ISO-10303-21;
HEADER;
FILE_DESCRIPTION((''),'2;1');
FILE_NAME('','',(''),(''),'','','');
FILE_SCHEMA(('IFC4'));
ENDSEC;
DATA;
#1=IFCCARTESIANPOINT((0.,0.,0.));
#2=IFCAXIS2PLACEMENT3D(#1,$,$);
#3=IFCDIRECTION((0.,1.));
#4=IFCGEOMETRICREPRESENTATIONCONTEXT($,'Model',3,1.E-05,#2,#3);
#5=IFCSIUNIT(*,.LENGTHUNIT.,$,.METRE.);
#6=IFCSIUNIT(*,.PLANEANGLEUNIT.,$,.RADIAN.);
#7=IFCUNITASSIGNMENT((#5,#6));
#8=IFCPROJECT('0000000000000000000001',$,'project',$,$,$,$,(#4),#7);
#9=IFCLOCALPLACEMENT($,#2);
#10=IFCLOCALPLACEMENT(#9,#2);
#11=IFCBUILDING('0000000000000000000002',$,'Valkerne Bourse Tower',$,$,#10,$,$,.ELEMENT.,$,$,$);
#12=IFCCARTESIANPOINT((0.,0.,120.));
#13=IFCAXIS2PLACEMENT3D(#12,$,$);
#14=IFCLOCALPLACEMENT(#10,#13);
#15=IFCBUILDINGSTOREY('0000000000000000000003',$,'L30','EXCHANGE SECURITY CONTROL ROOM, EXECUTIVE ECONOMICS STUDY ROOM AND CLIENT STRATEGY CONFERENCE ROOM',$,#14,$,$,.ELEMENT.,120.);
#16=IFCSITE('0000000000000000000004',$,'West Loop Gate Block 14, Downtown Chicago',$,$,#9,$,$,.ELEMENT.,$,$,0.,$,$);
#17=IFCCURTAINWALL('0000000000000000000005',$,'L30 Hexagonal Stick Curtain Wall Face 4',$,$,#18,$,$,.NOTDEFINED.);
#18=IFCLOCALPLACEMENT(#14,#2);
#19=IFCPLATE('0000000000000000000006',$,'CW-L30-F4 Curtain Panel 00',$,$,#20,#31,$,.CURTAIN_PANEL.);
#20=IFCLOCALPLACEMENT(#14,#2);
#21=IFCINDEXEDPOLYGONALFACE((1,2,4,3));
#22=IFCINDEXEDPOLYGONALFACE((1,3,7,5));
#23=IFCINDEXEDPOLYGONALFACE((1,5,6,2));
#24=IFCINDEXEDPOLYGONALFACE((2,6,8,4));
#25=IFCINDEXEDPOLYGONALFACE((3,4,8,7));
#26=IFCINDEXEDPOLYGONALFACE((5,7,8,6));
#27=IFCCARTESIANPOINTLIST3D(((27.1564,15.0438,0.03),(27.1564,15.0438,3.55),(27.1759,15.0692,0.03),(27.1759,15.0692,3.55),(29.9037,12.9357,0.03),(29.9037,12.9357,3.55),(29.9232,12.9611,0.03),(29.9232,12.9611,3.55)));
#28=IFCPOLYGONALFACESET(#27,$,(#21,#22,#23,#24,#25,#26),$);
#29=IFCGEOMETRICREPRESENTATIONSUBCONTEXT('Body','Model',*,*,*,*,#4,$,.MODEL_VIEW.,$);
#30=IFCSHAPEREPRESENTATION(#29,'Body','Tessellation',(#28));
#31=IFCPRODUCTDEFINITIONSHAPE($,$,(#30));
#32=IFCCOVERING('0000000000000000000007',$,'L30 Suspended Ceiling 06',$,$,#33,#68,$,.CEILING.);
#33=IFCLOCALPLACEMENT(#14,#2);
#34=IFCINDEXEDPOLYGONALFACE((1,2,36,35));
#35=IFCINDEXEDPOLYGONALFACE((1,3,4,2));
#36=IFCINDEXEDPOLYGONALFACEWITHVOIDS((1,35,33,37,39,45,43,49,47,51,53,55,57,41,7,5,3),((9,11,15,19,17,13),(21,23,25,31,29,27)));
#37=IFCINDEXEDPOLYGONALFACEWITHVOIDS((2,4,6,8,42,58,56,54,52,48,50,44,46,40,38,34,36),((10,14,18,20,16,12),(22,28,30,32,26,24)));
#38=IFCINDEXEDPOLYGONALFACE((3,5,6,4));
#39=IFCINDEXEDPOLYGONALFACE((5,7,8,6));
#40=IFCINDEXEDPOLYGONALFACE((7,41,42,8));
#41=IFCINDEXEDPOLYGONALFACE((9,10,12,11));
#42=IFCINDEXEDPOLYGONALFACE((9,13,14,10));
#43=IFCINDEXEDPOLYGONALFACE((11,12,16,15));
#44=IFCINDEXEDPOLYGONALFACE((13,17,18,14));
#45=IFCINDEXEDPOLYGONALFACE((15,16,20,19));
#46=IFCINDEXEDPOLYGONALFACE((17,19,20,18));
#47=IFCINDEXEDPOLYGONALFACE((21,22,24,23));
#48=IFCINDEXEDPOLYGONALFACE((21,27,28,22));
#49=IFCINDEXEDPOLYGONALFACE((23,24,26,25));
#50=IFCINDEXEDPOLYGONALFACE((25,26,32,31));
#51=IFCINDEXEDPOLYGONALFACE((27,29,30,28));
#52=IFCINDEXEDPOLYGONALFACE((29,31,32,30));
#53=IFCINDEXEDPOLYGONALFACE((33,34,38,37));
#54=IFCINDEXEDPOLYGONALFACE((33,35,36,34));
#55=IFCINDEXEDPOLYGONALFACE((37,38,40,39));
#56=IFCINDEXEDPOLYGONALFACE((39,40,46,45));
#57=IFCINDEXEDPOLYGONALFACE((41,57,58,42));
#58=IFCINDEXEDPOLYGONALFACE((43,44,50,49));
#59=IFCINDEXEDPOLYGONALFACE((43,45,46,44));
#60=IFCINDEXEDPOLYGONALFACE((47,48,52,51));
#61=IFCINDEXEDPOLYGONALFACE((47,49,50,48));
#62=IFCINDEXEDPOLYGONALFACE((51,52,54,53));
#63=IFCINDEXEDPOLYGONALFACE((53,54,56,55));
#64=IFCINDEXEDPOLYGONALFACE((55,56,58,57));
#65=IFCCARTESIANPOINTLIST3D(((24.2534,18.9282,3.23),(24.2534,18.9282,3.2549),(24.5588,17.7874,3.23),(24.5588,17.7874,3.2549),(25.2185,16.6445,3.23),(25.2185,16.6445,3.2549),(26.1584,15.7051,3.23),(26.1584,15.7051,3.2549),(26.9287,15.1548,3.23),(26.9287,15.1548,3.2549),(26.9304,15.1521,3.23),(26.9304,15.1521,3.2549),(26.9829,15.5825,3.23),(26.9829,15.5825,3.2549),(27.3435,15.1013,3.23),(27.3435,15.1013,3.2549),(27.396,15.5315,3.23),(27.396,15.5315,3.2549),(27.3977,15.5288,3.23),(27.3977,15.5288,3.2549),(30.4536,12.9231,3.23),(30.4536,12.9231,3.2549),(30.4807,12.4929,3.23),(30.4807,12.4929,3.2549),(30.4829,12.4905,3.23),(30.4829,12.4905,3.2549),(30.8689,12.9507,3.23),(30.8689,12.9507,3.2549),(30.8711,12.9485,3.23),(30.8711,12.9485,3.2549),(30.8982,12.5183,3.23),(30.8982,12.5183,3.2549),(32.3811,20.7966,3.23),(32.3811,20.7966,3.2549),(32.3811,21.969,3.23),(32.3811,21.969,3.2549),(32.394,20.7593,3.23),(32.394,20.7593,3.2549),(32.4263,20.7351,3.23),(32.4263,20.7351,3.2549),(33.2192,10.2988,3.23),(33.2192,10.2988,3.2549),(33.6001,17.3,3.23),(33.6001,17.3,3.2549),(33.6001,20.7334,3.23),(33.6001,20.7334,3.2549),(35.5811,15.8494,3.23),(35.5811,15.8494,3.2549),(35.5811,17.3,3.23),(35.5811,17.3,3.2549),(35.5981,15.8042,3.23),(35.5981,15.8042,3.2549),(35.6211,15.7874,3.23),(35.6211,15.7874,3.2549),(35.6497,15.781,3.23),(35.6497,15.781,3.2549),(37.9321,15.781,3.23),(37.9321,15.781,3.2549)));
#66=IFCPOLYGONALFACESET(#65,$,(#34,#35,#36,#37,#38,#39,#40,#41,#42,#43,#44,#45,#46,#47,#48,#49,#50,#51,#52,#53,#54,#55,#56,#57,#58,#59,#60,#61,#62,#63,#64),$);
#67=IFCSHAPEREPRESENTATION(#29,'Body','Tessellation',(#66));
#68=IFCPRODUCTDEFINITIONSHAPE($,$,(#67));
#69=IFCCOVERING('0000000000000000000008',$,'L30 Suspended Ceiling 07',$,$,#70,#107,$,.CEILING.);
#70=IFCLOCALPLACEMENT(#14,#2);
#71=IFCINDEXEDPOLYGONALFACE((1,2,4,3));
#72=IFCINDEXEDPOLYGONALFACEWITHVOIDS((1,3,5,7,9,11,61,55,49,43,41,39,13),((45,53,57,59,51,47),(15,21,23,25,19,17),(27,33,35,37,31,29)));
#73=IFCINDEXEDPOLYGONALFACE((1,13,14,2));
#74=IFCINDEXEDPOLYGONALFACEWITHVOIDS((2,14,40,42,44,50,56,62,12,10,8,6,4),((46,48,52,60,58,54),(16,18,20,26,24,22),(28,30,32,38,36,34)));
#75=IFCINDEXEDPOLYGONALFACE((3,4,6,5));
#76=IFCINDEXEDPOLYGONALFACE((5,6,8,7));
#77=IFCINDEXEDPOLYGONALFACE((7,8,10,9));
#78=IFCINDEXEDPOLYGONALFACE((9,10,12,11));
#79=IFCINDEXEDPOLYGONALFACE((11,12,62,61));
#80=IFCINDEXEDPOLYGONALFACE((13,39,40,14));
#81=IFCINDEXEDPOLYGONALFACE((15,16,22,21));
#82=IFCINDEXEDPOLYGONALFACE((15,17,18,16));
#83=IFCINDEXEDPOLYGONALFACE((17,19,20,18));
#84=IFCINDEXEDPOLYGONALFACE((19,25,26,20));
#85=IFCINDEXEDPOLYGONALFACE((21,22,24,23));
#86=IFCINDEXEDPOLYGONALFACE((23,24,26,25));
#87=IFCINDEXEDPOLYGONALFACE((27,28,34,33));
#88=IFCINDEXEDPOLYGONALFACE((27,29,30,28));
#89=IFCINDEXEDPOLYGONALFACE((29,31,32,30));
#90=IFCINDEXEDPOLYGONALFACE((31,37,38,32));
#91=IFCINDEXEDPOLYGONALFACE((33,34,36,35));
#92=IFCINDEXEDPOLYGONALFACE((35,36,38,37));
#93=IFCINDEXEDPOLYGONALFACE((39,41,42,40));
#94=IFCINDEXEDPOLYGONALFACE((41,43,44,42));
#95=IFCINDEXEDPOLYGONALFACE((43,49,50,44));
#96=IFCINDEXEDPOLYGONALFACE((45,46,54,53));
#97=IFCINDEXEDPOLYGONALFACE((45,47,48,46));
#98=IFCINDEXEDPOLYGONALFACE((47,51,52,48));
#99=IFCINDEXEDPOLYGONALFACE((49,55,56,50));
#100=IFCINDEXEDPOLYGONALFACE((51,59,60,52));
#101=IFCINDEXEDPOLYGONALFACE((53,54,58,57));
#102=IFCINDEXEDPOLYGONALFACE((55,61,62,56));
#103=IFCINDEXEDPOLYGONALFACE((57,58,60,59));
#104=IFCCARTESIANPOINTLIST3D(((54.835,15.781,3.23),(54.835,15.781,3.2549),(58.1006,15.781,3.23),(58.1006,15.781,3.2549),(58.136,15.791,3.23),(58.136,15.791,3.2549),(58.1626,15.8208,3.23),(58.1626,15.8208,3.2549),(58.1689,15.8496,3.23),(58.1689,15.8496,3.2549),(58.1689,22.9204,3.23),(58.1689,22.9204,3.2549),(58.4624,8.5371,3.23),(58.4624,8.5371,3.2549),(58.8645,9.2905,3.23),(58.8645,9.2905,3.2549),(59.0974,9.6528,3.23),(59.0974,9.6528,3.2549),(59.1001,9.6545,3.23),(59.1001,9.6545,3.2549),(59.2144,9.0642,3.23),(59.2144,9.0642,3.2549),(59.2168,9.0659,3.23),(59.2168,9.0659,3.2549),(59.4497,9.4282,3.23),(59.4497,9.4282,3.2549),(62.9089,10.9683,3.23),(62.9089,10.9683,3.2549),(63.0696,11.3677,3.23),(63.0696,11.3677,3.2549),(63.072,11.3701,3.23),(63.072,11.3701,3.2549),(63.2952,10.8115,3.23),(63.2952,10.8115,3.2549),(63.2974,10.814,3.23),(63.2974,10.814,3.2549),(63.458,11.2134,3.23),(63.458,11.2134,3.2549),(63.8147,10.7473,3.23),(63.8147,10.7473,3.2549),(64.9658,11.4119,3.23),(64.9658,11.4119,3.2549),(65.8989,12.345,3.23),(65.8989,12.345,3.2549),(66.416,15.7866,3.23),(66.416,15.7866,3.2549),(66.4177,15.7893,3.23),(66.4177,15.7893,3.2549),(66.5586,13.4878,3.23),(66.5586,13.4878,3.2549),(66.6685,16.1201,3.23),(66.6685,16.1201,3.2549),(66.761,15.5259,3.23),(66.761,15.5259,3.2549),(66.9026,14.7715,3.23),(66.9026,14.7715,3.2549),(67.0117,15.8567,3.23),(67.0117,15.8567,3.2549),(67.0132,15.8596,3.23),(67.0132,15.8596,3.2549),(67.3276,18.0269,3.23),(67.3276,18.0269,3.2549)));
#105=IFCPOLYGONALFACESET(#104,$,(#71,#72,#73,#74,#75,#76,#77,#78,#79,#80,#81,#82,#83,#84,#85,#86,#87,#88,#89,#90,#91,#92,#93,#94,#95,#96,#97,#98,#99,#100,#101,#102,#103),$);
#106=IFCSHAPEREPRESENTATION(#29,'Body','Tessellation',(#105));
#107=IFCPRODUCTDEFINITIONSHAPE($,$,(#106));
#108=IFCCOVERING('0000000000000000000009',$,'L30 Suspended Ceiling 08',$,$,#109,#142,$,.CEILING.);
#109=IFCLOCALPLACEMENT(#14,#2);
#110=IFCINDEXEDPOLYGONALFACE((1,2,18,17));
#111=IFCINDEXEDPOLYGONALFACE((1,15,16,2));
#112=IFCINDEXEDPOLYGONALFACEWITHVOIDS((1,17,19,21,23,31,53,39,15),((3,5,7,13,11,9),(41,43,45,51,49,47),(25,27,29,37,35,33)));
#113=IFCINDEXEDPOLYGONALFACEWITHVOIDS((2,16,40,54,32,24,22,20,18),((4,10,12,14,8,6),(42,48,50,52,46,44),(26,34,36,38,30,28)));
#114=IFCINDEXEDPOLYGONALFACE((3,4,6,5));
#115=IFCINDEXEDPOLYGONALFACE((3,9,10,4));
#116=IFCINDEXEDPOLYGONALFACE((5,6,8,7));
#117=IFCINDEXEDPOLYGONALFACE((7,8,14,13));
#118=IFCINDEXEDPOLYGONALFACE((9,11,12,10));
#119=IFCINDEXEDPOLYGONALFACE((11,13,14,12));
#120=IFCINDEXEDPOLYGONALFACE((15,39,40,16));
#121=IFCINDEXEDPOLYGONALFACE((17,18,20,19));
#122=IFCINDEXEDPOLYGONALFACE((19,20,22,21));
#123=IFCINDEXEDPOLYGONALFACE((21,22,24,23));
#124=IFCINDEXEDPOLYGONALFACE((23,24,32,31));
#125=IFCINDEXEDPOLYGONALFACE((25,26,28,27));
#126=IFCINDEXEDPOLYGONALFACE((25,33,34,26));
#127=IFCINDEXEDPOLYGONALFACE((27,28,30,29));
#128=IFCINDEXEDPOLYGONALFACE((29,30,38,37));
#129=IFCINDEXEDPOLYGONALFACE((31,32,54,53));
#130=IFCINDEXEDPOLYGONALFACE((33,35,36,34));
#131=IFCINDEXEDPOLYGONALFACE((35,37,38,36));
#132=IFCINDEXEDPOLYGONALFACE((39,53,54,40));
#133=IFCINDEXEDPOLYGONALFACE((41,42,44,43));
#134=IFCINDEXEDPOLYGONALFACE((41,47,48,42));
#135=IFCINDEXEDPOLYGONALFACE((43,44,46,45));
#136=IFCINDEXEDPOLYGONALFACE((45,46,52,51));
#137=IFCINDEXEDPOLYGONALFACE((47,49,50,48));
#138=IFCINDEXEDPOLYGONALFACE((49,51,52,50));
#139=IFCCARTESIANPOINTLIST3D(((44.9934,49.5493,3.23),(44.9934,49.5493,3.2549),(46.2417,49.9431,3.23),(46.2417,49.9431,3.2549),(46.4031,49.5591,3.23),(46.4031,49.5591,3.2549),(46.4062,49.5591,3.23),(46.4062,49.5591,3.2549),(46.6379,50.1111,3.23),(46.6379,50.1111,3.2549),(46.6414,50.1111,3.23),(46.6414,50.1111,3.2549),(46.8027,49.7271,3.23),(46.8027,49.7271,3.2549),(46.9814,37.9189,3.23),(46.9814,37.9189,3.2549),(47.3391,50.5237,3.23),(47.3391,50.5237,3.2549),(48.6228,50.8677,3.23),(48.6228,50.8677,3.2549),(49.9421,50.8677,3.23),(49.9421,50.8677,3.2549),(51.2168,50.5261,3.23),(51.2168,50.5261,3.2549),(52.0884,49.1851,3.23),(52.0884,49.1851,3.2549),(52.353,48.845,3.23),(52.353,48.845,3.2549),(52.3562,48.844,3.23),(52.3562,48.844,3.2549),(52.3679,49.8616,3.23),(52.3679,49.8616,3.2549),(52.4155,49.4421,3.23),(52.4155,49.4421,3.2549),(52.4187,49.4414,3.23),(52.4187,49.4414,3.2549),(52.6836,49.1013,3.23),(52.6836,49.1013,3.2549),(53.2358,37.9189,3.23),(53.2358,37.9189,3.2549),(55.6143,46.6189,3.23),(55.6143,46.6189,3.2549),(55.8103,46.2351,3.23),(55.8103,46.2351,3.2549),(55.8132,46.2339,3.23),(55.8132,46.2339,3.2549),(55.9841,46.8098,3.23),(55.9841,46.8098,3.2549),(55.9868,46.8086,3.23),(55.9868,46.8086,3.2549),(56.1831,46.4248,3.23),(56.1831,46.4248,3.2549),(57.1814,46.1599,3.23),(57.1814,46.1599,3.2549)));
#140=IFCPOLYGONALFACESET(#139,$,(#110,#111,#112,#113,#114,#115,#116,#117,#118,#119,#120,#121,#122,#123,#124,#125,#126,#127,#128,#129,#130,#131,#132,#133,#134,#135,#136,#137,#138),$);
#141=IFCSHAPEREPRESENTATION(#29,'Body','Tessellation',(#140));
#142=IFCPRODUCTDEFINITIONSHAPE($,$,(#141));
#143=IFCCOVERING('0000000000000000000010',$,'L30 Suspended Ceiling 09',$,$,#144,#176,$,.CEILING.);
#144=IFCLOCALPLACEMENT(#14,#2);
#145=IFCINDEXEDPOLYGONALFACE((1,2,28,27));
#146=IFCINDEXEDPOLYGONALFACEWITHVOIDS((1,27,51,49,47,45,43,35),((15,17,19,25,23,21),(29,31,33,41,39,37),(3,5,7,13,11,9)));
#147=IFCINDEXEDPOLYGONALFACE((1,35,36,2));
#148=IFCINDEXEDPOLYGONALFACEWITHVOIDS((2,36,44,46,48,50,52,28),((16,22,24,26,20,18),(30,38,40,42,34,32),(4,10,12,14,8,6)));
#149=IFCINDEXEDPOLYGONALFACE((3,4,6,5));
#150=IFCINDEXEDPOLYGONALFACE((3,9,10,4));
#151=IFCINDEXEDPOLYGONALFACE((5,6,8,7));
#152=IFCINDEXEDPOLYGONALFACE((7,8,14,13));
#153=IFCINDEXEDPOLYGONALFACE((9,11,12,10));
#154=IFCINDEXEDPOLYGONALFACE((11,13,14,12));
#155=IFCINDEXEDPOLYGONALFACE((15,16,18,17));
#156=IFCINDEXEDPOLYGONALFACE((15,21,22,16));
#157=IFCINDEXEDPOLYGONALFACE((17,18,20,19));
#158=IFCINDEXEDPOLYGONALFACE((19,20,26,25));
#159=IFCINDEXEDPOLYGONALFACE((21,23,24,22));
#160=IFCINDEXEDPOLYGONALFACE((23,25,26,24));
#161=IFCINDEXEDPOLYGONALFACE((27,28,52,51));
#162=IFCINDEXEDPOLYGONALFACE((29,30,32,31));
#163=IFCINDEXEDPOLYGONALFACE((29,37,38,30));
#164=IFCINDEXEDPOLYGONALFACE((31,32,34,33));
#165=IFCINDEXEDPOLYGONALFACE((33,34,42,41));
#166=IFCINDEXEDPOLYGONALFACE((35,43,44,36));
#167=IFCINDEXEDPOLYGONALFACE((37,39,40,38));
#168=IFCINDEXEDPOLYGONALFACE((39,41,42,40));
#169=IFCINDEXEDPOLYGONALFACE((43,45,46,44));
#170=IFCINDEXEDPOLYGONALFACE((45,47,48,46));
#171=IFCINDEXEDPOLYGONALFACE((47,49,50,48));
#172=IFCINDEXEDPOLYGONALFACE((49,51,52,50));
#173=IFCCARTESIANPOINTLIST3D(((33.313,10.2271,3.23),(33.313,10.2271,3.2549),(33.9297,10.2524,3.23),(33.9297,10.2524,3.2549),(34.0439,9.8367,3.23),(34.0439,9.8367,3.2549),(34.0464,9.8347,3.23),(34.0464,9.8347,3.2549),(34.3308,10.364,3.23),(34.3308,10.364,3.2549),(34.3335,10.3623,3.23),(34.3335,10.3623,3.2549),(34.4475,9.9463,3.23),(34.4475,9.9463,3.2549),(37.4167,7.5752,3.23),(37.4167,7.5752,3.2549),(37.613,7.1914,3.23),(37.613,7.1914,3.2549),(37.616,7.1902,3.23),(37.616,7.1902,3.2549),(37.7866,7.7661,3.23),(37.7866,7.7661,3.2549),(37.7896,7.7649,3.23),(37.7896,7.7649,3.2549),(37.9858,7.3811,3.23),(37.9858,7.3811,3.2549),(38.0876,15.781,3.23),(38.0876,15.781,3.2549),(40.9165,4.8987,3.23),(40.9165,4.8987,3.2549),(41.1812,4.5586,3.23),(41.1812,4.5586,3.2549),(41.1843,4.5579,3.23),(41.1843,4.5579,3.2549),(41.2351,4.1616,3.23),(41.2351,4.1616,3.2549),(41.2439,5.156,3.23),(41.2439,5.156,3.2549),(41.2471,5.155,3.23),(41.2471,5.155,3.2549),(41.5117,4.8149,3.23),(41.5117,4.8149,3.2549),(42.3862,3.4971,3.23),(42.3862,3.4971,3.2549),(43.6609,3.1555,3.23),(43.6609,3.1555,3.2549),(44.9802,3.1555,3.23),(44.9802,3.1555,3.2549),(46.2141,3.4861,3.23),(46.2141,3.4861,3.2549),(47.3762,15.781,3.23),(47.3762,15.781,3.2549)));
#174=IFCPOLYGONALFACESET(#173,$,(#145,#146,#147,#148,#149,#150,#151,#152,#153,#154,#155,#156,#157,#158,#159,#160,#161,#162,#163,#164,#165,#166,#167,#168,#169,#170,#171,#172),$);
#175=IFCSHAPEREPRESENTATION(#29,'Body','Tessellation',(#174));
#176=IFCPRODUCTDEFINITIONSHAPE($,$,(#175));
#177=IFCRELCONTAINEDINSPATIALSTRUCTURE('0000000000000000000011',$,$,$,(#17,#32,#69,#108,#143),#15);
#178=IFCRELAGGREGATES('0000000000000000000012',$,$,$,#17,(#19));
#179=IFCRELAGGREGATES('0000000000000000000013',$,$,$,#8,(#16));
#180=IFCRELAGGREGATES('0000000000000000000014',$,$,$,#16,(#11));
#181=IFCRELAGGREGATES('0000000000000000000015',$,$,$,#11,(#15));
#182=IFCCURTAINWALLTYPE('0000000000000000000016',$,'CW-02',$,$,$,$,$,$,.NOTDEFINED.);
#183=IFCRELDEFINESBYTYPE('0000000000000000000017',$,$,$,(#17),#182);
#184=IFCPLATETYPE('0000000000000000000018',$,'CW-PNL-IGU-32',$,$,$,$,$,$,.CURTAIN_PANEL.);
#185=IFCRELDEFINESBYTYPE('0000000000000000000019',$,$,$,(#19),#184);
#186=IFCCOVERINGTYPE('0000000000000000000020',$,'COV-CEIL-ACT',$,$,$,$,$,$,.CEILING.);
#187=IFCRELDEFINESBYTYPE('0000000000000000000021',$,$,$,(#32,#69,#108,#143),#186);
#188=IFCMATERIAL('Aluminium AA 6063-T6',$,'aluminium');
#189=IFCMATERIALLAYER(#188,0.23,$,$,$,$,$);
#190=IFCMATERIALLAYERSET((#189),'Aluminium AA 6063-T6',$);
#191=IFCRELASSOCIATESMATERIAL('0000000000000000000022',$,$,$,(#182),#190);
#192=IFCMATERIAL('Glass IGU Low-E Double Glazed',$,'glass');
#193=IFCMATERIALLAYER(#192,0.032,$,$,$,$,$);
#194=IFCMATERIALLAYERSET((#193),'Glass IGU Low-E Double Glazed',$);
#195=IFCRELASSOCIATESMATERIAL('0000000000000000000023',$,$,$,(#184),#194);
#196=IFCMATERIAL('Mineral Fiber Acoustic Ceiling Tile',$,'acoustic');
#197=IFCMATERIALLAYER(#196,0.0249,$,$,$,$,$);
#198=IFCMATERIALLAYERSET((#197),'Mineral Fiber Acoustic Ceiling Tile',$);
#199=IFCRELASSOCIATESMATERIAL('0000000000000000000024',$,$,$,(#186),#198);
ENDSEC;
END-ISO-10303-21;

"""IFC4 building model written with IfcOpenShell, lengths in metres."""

from ifc_helpers import new_model, si_unit, direction, frame, origin, origin_2d, place, context, subcontext, project, spatial, polyline, rectangle, outline, extrude, material, layer, layer_set, type_object, element, aggregate, save


model = new_model("IFC4")

# Units and contexts
model_context = context("Model", 3, precision=1e-05, world=origin(), true_north=direction((0.0, 1.0)))
body_context = subcontext(model_context, "Body", "Model", "MODEL_VIEW")
ifc_project = project(units=[si_unit("LENGTHUNIT", "METRE"), si_unit("PLANEANGLEUNIT", "RADIAN")], contexts=[model_context])

# Site, building, storey
site_placement = place(None, origin())
site = spatial("IfcSite", under=ifc_project, at=site_placement, Name="West Loop Gate Block 14, Downtown Chicago", CompositionType="ELEMENT", RefElevation=0.0)
building_placement = place(site_placement, origin())
building = spatial("IfcBuilding", under=site, at=building_placement, Name="Valkerne Bourse Tower", CompositionType="ELEMENT")
storey_placement = place(building_placement, frame((0.0, 0.0, 120.0)))
storey = spatial("IfcBuildingStorey", under=building, at=storey_placement, Name="L30", Description="EXCHANGE SECURITY CONTROL ROOM, EXECUTIVE ECONOMICS STUDY ROOM AND CLIENT STRATEGY CONFERENCE ROOM", CompositionType="ELEMENT", Elevation=120.0)

# Curtain wall
ifc_material_1 = material(Name="Aluminium AA 6063-T6", Category="aluminium")
ifc_layer_1 = layer(ifc_material_1, 0.23)
ifc_layer_set_1 = layer_set([ifc_layer_1], Name="Aluminium AA 6063-T6")
curtain_wall_type = type_object("IfcCurtainWallType", Name="CW-02", PredefinedType="NOTDEFINED", material=ifc_layer_set_1)
curtain_wall_placement = place(storey_placement, origin())
curtain_wall = element("IfcCurtainWall", 1, at=curtain_wall_placement, inside=storey, type_object=curtain_wall_type, Name="L30 Hexagonal Stick Curtain Wall Face 4", PredefinedType="NOTDEFINED")

# Plate
ifc_material_2 = material(Name="Glass IGU Low-E Double Glazed", Category="glass")
ifc_layer_2 = layer(ifc_material_2, 0.032)
ifc_layer_set_2 = layer_set([ifc_layer_2], Name="Glass IGU Low-E Double Glazed")
plate_type = type_object("IfcPlateType", Name="CW-PNL-IGU-32", PredefinedType="CURTAIN_PANEL", material=ifc_layer_set_2)
plate_placement = place(storey_placement, frame((28.5398, 14.0024, 0.03), z_axis=(0.0, 0.0, 1.0), x_axis=(0.793348, -0.608769, 0.0)))
plate = element("IfcPlate", 2, at=plate_placement, type_object=plate_type, Name="CW-L30-F4 Curtain Panel 00", PredefinedType="CURTAIN_PANEL", context=body_context, shape_type="SweptSolid", body=[
    extrude(rectangle(XDim=3.4629, YDim=0.032, at=origin_2d()), origin(), (0.0, 0.0, 1.0), 3.52),
])
aggregate(curtain_wall, [plate])

# Coverings
ifc_material_3 = material(Name="Mineral Fiber Acoustic Ceiling Tile", Category="acoustic")
ifc_layer_3 = layer(ifc_material_3, 0.0249)
ifc_layer_set_3 = layer_set([ifc_layer_3], Name="Mineral Fiber Acoustic Ceiling Tile")
covering_type_1 = type_object("IfcCoveringType", Name="COV-CEIL-ACT", PredefinedType="CEILING", material=ifc_layer_set_3)
covering_1_placement = place(storey_placement, frame((0.0, 0.0, 3.23)))
element("IfcCovering", 3, at=covering_1_placement, inside=storey, type_object=covering_type_1, Name="L30 Suspended Ceiling 06", PredefinedType="CEILING", context=body_context, shape_type="SweptSolid", body=[
    extrude(outline(polyline([(24.5588, 17.7874), (24.2534, 18.9282), (32.3811, 21.969), (32.3811, 20.7966), (32.394, 20.7593), (32.4263, 20.7351), (33.6001, 20.7334), (33.6001, 17.3), (35.5811, 17.3), (35.5811, 15.8494), (35.5981, 15.8042), (35.6211, 15.7874), (35.6497, 15.781), (37.9321, 15.781), (33.2192, 10.2988), (26.1584, 15.7051), (25.2185, 16.6445), (24.5588, 17.7874)]), holes=[polyline([(30.8982, 12.5183), (30.8711, 12.9485), (30.8689, 12.9507), (30.4536, 12.9231), (30.4807, 12.4929), (30.4829, 12.4905), (30.8982, 12.5183)]), polyline([(27.3977, 15.5288), (27.396, 15.5315), (26.9829, 15.5825), (26.9287, 15.1548), (26.9304, 15.1521), (27.3435, 15.1013), (27.3977, 15.5288)])]), origin(), (0.0, 0.0, 1.0), 0.0249),
])
covering_2_placement = place(storey_placement, frame((0.0, 0.0, 3.23)))
element("IfcCovering", 4, at=covering_2_placement, inside=storey, type_object=covering_type_1, Name="L30 Suspended Ceiling 07", PredefinedType="CEILING", context=body_context, shape_type="SweptSolid", body=[
    extrude(outline(polyline([(64.9658, 11.4119), (63.8147, 10.7473), (58.4624, 8.5371), (54.835, 15.781), (58.1006, 15.781), (58.136, 15.791), (58.1626, 15.8208), (58.1689, 15.8496), (58.1689, 22.9204), (67.3276, 18.0269), (66.9026, 14.7715), (66.5586, 13.4878), (65.8989, 12.345), (64.9658, 11.4119)]), holes=[polyline([(59.2168, 9.0659), (59.4497, 9.4282), (59.1001, 9.6545), (59.0974, 9.6528), (58.8645, 9.2905), (59.2144, 9.0642), (59.2168, 9.0659)]), polyline([(63.458, 11.2134), (63.072, 11.3701), (63.0696, 11.3677), (62.9089, 10.9683), (63.2952, 10.8115), (63.2974, 10.814), (63.458, 11.2134)]), polyline([(67.0132, 15.8596), (66.6685, 16.1201), (66.4177, 15.7893), (66.416, 15.7866), (66.761, 15.5259), (67.0117, 15.8567), (67.0132, 15.8596)])]), origin(), (0.0, 0.0, 1.0), 0.0249),
])
covering_3_placement = place(storey_placement, frame((0.0, 0.0, 3.23)))
element("IfcCovering", 5, at=covering_3_placement, inside=storey, type_object=covering_type_1, Name="L30 Suspended Ceiling 08", PredefinedType="CEILING", context=body_context, shape_type="SweptSolid", body=[
    extrude(outline(polyline([(49.9421, 50.8677), (51.2168, 50.5261), (52.3679, 49.8616), (57.1814, 46.1599), (53.2358, 37.9189), (46.9814, 37.9189), (44.9934, 49.5493), (47.3391, 50.5237), (48.6228, 50.8677), (49.9421, 50.8677)]), holes=[polyline([(52.4187, 49.4414), (52.4155, 49.4421), (52.0884, 49.1851), (52.353, 48.845), (52.3562, 48.844), (52.6836, 49.1013), (52.4187, 49.4414)]), polyline([(46.8027, 49.7271), (46.6414, 50.1111), (46.6379, 50.1111), (46.2417, 49.9431), (46.4031, 49.5591), (46.4062, 49.5591), (46.8027, 49.7271)]), polyline([(56.1831, 46.4248), (55.9868, 46.8086), (55.9841, 46.8098), (55.6143, 46.6189), (55.8103, 46.2351), (55.8132, 46.2339), (56.1831, 46.4248)])]), origin(), (0.0, 0.0, 1.0), 0.0249),
])
covering_4_placement = place(storey_placement, frame((0.0, 0.0, 3.23)))
element("IfcCovering", 6, at=covering_4_placement, inside=storey, type_object=covering_type_1, Name="L30 Suspended Ceiling 09", PredefinedType="CEILING", context=body_context, shape_type="SweptSolid", body=[
    extrude(outline(polyline([(42.3862, 3.4971), (41.2351, 4.1616), (33.313, 10.2271), (38.0876, 15.781), (47.3762, 15.781), (46.2141, 3.4861), (44.9802, 3.1555), (43.6609, 3.1555), (42.3862, 3.4971)]), holes=[polyline([(37.7896, 7.7649), (37.7866, 7.7661), (37.4167, 7.5752), (37.613, 7.1914), (37.616, 7.1902), (37.9858, 7.3811), (37.7896, 7.7649)]), polyline([(34.3335, 10.3623), (34.3308, 10.364), (33.9297, 10.2524), (34.0439, 9.8367), (34.0464, 9.8347), (34.4475, 9.9463), (34.3335, 10.3623)]), polyline([(41.2471, 5.155), (41.2439, 5.156), (40.9165, 4.8987), (41.1812, 4.5586), (41.1843, 4.5579), (41.5117, 4.8149), (41.2471, 5.155)])]), origin(), (0.0, 0.0, 1.0), 0.0249),
])

save(model, "model.ifc")
